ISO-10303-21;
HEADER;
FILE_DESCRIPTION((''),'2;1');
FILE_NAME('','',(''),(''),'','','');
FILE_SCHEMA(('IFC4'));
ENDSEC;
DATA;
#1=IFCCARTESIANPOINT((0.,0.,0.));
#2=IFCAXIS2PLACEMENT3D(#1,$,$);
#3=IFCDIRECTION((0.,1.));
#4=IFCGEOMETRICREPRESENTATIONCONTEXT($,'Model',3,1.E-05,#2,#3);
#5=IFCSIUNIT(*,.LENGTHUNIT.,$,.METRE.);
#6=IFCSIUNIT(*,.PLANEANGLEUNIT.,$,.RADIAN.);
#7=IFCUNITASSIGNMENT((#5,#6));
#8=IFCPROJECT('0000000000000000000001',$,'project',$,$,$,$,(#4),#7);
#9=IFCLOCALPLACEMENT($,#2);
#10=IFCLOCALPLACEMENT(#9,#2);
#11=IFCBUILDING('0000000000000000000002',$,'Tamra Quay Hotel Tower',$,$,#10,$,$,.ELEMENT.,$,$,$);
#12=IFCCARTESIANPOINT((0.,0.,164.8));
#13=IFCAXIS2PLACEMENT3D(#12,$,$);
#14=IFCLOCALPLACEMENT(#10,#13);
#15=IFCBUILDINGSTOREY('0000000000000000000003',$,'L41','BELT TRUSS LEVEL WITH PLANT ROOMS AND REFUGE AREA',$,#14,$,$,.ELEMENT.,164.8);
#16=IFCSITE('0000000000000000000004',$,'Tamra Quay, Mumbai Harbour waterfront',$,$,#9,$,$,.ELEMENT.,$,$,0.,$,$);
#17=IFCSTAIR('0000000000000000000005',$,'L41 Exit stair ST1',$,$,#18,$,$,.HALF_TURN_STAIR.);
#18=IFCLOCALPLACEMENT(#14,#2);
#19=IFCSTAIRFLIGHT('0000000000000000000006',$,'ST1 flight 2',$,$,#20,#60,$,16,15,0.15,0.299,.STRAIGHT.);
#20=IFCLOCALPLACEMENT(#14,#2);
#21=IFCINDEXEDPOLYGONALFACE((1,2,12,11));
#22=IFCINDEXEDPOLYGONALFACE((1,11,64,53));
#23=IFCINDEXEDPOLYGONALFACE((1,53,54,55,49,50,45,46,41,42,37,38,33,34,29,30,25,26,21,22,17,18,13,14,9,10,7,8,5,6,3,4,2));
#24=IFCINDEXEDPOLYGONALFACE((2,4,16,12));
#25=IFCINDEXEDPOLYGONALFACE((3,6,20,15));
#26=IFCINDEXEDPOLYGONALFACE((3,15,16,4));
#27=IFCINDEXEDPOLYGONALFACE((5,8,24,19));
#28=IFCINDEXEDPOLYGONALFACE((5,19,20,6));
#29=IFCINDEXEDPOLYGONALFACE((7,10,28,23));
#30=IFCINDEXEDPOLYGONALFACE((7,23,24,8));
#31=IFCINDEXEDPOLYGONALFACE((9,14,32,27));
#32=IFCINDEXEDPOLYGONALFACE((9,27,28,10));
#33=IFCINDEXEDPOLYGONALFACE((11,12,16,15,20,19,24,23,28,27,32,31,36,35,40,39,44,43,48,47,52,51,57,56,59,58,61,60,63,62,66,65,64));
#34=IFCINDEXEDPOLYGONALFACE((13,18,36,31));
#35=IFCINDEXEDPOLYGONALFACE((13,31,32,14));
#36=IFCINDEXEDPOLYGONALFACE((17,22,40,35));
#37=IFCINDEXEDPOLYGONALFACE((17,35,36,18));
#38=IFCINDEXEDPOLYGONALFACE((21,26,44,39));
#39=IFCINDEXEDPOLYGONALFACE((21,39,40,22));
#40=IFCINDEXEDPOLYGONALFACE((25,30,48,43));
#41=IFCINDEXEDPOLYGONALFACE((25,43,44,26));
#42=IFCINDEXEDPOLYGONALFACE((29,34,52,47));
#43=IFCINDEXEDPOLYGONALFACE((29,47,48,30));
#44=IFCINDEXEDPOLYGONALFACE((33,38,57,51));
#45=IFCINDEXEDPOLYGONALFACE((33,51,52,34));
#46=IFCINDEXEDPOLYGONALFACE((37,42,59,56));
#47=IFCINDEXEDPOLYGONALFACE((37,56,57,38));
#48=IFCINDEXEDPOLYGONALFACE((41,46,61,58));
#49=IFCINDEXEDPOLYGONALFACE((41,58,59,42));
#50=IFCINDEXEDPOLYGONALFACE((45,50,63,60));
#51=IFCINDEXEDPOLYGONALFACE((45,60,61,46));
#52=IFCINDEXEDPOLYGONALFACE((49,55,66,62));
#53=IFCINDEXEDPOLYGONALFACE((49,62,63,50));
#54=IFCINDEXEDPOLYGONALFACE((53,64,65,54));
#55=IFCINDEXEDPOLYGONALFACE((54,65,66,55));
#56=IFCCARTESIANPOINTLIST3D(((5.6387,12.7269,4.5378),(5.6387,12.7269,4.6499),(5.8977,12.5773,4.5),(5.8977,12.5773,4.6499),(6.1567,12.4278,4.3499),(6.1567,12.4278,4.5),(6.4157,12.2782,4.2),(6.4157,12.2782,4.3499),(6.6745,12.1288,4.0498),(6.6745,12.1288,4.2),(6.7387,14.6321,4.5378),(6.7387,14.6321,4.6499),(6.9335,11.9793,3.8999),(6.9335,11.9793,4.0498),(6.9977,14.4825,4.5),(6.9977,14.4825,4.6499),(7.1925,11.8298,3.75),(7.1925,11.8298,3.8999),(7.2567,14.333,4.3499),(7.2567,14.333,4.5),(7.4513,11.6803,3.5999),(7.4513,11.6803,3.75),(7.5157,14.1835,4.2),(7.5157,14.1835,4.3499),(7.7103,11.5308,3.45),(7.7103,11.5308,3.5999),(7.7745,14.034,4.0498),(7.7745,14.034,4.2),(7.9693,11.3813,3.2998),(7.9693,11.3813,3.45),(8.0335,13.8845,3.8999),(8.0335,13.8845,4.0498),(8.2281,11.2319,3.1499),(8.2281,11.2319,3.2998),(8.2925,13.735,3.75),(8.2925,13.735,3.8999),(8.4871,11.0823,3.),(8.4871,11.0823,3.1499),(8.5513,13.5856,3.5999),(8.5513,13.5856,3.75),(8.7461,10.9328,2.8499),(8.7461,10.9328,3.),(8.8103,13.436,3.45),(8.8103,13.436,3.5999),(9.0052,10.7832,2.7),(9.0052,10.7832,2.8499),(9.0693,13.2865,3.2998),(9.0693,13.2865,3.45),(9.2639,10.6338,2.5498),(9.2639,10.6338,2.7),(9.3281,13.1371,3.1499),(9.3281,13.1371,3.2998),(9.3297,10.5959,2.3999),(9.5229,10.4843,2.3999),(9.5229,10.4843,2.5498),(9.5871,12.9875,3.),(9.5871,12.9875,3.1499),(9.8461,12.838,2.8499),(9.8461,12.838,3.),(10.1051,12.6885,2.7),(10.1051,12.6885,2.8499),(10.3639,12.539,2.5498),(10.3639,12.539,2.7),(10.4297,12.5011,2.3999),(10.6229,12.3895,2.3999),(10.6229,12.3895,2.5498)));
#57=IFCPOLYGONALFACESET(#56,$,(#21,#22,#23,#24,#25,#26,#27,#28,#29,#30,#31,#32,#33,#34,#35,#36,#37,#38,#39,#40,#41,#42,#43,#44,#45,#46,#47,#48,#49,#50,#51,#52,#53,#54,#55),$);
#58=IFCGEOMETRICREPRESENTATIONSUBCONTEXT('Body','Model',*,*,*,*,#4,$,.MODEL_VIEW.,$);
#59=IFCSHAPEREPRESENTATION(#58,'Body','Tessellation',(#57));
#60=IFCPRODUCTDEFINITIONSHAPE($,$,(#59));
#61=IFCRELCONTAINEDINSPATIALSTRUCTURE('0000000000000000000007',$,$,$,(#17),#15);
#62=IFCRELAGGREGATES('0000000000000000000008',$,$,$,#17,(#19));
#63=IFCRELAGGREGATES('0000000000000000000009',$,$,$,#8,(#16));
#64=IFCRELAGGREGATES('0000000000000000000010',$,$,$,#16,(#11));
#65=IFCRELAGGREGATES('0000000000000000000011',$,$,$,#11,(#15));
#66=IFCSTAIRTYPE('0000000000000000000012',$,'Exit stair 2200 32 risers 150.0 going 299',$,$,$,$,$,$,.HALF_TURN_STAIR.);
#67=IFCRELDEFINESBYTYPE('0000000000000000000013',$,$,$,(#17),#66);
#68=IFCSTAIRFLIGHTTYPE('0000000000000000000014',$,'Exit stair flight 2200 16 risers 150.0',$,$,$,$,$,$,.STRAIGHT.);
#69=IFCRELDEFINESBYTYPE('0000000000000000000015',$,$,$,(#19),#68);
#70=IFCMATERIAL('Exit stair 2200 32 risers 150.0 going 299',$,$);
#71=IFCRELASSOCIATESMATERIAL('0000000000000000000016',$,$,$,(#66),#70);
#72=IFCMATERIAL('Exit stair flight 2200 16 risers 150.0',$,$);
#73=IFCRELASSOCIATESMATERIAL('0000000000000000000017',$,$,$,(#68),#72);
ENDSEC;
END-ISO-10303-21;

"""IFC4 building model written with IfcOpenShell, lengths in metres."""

from ifc_helpers import new_model, si_unit, direction, frame, origin, place, context, subcontext, project, spatial, polyline, outline, extrude, material, type_object, element, aggregate, save


model = new_model("IFC4")

# Units and contexts
model_context = context("Model", 3, precision=1e-05, world=origin(), true_north=direction((0.0, 1.0)))
body_context = subcontext(model_context, "Body", "Model", "MODEL_VIEW")
ifc_project = project(units=[si_unit("LENGTHUNIT", "METRE"), si_unit("PLANEANGLEUNIT", "RADIAN")], contexts=[model_context])

# Site, building, storey
site_placement = place(None, origin())
site = spatial("IfcSite", under=ifc_project, at=site_placement, Name="Tamra Quay, Mumbai Harbour waterfront", CompositionType="ELEMENT", RefElevation=0.0)
building_placement = place(site_placement, origin())
building = spatial("IfcBuilding", under=site, at=building_placement, Name="Tamra Quay Hotel Tower", CompositionType="ELEMENT")
storey_placement = place(building_placement, frame((0.0, 0.0, 164.8)))
storey = spatial("IfcBuildingStorey", under=building, at=storey_placement, Name="L41", Description="BELT TRUSS LEVEL WITH PLANT ROOMS AND REFUGE AREA", CompositionType="ELEMENT", Elevation=164.8)

# Stair, stair flight
ifc_material_1 = material(Name="Exit stair 2200 32 risers 150.0 going 299")
stair_type = type_object("IfcStairType", Name="Exit stair 2200 32 risers 150.0 going 299", PredefinedType="HALF_TURN_STAIR", material=ifc_material_1)
stair_placement = place(storey_placement, origin())
stair = element("IfcStair", 1, at=stair_placement, inside=storey, type_object=stair_type, Name="L41 Exit stair ST1", PredefinedType="HALF_TURN_STAIR")
ifc_material_2 = material(Name="Exit stair flight 2200 16 risers 150.0")
stair_flight_type = type_object("IfcStairFlightType", Name="Exit stair flight 2200 16 risers 150.0", PredefinedType="STRAIGHT", material=ifc_material_2)
stair_flight_placement = place(storey_placement, frame((10.073, 11.437, 2.3999), z_axis=(0.0, 0.0, 1.0), x_axis=(-0.866025, 0.5, 0.0)))
stair_flight = element("IfcStairFlight", 2, at=stair_flight_placement, type_object=stair_flight_type, Name="ST1 flight 2", NumberOfRisers=16, NumberOfTreads=15, PredefinedType="STRAIGHT", RiserHeight=0.15, TreadLength=0.299, context=body_context, shape_type="SweptSolid", body=[
    extrude(outline(polyline([(0.0, 0.0), (0.0, 0.1499), (0.2991, 0.1499), (0.2991, 0.3), (0.5979, 0.3), (0.5979, 0.45), (0.897, 0.45), (0.897, 0.6001), (1.196, 0.6001), (1.196, 0.75), (1.4951, 0.75), (1.4951, 0.8999), (1.7939, 0.8999), (1.7939, 1.05), (2.093, 1.05), (2.093, 1.2), (2.3921, 1.2), (2.3921, 1.3501), (2.6909, 1.3501), (2.6909, 1.5), (2.99, 1.5), (2.99, 1.6499), (3.2891, 1.6499), (3.2891, 1.8), (3.5879, 1.8), (3.5879, 1.95), (3.887, 1.95), (3.887, 2.1001), (4.186, 2.1001), (4.186, 2.25), (4.4851, 2.25), (4.4851, 2.3999), (4.4851, 2.1379), (0.2231, 0.0), (0.0, 0.0)])), frame((0.0, 1.1001, 0.0), z_axis=(0.0, -1.0, 0.0), x_axis=(1.0, 0.0, 0.0)), (0.0, 0.0, 1.0), 2.2),
])
aggregate(stair, [stair_flight])

save(model, "model.ifc")
